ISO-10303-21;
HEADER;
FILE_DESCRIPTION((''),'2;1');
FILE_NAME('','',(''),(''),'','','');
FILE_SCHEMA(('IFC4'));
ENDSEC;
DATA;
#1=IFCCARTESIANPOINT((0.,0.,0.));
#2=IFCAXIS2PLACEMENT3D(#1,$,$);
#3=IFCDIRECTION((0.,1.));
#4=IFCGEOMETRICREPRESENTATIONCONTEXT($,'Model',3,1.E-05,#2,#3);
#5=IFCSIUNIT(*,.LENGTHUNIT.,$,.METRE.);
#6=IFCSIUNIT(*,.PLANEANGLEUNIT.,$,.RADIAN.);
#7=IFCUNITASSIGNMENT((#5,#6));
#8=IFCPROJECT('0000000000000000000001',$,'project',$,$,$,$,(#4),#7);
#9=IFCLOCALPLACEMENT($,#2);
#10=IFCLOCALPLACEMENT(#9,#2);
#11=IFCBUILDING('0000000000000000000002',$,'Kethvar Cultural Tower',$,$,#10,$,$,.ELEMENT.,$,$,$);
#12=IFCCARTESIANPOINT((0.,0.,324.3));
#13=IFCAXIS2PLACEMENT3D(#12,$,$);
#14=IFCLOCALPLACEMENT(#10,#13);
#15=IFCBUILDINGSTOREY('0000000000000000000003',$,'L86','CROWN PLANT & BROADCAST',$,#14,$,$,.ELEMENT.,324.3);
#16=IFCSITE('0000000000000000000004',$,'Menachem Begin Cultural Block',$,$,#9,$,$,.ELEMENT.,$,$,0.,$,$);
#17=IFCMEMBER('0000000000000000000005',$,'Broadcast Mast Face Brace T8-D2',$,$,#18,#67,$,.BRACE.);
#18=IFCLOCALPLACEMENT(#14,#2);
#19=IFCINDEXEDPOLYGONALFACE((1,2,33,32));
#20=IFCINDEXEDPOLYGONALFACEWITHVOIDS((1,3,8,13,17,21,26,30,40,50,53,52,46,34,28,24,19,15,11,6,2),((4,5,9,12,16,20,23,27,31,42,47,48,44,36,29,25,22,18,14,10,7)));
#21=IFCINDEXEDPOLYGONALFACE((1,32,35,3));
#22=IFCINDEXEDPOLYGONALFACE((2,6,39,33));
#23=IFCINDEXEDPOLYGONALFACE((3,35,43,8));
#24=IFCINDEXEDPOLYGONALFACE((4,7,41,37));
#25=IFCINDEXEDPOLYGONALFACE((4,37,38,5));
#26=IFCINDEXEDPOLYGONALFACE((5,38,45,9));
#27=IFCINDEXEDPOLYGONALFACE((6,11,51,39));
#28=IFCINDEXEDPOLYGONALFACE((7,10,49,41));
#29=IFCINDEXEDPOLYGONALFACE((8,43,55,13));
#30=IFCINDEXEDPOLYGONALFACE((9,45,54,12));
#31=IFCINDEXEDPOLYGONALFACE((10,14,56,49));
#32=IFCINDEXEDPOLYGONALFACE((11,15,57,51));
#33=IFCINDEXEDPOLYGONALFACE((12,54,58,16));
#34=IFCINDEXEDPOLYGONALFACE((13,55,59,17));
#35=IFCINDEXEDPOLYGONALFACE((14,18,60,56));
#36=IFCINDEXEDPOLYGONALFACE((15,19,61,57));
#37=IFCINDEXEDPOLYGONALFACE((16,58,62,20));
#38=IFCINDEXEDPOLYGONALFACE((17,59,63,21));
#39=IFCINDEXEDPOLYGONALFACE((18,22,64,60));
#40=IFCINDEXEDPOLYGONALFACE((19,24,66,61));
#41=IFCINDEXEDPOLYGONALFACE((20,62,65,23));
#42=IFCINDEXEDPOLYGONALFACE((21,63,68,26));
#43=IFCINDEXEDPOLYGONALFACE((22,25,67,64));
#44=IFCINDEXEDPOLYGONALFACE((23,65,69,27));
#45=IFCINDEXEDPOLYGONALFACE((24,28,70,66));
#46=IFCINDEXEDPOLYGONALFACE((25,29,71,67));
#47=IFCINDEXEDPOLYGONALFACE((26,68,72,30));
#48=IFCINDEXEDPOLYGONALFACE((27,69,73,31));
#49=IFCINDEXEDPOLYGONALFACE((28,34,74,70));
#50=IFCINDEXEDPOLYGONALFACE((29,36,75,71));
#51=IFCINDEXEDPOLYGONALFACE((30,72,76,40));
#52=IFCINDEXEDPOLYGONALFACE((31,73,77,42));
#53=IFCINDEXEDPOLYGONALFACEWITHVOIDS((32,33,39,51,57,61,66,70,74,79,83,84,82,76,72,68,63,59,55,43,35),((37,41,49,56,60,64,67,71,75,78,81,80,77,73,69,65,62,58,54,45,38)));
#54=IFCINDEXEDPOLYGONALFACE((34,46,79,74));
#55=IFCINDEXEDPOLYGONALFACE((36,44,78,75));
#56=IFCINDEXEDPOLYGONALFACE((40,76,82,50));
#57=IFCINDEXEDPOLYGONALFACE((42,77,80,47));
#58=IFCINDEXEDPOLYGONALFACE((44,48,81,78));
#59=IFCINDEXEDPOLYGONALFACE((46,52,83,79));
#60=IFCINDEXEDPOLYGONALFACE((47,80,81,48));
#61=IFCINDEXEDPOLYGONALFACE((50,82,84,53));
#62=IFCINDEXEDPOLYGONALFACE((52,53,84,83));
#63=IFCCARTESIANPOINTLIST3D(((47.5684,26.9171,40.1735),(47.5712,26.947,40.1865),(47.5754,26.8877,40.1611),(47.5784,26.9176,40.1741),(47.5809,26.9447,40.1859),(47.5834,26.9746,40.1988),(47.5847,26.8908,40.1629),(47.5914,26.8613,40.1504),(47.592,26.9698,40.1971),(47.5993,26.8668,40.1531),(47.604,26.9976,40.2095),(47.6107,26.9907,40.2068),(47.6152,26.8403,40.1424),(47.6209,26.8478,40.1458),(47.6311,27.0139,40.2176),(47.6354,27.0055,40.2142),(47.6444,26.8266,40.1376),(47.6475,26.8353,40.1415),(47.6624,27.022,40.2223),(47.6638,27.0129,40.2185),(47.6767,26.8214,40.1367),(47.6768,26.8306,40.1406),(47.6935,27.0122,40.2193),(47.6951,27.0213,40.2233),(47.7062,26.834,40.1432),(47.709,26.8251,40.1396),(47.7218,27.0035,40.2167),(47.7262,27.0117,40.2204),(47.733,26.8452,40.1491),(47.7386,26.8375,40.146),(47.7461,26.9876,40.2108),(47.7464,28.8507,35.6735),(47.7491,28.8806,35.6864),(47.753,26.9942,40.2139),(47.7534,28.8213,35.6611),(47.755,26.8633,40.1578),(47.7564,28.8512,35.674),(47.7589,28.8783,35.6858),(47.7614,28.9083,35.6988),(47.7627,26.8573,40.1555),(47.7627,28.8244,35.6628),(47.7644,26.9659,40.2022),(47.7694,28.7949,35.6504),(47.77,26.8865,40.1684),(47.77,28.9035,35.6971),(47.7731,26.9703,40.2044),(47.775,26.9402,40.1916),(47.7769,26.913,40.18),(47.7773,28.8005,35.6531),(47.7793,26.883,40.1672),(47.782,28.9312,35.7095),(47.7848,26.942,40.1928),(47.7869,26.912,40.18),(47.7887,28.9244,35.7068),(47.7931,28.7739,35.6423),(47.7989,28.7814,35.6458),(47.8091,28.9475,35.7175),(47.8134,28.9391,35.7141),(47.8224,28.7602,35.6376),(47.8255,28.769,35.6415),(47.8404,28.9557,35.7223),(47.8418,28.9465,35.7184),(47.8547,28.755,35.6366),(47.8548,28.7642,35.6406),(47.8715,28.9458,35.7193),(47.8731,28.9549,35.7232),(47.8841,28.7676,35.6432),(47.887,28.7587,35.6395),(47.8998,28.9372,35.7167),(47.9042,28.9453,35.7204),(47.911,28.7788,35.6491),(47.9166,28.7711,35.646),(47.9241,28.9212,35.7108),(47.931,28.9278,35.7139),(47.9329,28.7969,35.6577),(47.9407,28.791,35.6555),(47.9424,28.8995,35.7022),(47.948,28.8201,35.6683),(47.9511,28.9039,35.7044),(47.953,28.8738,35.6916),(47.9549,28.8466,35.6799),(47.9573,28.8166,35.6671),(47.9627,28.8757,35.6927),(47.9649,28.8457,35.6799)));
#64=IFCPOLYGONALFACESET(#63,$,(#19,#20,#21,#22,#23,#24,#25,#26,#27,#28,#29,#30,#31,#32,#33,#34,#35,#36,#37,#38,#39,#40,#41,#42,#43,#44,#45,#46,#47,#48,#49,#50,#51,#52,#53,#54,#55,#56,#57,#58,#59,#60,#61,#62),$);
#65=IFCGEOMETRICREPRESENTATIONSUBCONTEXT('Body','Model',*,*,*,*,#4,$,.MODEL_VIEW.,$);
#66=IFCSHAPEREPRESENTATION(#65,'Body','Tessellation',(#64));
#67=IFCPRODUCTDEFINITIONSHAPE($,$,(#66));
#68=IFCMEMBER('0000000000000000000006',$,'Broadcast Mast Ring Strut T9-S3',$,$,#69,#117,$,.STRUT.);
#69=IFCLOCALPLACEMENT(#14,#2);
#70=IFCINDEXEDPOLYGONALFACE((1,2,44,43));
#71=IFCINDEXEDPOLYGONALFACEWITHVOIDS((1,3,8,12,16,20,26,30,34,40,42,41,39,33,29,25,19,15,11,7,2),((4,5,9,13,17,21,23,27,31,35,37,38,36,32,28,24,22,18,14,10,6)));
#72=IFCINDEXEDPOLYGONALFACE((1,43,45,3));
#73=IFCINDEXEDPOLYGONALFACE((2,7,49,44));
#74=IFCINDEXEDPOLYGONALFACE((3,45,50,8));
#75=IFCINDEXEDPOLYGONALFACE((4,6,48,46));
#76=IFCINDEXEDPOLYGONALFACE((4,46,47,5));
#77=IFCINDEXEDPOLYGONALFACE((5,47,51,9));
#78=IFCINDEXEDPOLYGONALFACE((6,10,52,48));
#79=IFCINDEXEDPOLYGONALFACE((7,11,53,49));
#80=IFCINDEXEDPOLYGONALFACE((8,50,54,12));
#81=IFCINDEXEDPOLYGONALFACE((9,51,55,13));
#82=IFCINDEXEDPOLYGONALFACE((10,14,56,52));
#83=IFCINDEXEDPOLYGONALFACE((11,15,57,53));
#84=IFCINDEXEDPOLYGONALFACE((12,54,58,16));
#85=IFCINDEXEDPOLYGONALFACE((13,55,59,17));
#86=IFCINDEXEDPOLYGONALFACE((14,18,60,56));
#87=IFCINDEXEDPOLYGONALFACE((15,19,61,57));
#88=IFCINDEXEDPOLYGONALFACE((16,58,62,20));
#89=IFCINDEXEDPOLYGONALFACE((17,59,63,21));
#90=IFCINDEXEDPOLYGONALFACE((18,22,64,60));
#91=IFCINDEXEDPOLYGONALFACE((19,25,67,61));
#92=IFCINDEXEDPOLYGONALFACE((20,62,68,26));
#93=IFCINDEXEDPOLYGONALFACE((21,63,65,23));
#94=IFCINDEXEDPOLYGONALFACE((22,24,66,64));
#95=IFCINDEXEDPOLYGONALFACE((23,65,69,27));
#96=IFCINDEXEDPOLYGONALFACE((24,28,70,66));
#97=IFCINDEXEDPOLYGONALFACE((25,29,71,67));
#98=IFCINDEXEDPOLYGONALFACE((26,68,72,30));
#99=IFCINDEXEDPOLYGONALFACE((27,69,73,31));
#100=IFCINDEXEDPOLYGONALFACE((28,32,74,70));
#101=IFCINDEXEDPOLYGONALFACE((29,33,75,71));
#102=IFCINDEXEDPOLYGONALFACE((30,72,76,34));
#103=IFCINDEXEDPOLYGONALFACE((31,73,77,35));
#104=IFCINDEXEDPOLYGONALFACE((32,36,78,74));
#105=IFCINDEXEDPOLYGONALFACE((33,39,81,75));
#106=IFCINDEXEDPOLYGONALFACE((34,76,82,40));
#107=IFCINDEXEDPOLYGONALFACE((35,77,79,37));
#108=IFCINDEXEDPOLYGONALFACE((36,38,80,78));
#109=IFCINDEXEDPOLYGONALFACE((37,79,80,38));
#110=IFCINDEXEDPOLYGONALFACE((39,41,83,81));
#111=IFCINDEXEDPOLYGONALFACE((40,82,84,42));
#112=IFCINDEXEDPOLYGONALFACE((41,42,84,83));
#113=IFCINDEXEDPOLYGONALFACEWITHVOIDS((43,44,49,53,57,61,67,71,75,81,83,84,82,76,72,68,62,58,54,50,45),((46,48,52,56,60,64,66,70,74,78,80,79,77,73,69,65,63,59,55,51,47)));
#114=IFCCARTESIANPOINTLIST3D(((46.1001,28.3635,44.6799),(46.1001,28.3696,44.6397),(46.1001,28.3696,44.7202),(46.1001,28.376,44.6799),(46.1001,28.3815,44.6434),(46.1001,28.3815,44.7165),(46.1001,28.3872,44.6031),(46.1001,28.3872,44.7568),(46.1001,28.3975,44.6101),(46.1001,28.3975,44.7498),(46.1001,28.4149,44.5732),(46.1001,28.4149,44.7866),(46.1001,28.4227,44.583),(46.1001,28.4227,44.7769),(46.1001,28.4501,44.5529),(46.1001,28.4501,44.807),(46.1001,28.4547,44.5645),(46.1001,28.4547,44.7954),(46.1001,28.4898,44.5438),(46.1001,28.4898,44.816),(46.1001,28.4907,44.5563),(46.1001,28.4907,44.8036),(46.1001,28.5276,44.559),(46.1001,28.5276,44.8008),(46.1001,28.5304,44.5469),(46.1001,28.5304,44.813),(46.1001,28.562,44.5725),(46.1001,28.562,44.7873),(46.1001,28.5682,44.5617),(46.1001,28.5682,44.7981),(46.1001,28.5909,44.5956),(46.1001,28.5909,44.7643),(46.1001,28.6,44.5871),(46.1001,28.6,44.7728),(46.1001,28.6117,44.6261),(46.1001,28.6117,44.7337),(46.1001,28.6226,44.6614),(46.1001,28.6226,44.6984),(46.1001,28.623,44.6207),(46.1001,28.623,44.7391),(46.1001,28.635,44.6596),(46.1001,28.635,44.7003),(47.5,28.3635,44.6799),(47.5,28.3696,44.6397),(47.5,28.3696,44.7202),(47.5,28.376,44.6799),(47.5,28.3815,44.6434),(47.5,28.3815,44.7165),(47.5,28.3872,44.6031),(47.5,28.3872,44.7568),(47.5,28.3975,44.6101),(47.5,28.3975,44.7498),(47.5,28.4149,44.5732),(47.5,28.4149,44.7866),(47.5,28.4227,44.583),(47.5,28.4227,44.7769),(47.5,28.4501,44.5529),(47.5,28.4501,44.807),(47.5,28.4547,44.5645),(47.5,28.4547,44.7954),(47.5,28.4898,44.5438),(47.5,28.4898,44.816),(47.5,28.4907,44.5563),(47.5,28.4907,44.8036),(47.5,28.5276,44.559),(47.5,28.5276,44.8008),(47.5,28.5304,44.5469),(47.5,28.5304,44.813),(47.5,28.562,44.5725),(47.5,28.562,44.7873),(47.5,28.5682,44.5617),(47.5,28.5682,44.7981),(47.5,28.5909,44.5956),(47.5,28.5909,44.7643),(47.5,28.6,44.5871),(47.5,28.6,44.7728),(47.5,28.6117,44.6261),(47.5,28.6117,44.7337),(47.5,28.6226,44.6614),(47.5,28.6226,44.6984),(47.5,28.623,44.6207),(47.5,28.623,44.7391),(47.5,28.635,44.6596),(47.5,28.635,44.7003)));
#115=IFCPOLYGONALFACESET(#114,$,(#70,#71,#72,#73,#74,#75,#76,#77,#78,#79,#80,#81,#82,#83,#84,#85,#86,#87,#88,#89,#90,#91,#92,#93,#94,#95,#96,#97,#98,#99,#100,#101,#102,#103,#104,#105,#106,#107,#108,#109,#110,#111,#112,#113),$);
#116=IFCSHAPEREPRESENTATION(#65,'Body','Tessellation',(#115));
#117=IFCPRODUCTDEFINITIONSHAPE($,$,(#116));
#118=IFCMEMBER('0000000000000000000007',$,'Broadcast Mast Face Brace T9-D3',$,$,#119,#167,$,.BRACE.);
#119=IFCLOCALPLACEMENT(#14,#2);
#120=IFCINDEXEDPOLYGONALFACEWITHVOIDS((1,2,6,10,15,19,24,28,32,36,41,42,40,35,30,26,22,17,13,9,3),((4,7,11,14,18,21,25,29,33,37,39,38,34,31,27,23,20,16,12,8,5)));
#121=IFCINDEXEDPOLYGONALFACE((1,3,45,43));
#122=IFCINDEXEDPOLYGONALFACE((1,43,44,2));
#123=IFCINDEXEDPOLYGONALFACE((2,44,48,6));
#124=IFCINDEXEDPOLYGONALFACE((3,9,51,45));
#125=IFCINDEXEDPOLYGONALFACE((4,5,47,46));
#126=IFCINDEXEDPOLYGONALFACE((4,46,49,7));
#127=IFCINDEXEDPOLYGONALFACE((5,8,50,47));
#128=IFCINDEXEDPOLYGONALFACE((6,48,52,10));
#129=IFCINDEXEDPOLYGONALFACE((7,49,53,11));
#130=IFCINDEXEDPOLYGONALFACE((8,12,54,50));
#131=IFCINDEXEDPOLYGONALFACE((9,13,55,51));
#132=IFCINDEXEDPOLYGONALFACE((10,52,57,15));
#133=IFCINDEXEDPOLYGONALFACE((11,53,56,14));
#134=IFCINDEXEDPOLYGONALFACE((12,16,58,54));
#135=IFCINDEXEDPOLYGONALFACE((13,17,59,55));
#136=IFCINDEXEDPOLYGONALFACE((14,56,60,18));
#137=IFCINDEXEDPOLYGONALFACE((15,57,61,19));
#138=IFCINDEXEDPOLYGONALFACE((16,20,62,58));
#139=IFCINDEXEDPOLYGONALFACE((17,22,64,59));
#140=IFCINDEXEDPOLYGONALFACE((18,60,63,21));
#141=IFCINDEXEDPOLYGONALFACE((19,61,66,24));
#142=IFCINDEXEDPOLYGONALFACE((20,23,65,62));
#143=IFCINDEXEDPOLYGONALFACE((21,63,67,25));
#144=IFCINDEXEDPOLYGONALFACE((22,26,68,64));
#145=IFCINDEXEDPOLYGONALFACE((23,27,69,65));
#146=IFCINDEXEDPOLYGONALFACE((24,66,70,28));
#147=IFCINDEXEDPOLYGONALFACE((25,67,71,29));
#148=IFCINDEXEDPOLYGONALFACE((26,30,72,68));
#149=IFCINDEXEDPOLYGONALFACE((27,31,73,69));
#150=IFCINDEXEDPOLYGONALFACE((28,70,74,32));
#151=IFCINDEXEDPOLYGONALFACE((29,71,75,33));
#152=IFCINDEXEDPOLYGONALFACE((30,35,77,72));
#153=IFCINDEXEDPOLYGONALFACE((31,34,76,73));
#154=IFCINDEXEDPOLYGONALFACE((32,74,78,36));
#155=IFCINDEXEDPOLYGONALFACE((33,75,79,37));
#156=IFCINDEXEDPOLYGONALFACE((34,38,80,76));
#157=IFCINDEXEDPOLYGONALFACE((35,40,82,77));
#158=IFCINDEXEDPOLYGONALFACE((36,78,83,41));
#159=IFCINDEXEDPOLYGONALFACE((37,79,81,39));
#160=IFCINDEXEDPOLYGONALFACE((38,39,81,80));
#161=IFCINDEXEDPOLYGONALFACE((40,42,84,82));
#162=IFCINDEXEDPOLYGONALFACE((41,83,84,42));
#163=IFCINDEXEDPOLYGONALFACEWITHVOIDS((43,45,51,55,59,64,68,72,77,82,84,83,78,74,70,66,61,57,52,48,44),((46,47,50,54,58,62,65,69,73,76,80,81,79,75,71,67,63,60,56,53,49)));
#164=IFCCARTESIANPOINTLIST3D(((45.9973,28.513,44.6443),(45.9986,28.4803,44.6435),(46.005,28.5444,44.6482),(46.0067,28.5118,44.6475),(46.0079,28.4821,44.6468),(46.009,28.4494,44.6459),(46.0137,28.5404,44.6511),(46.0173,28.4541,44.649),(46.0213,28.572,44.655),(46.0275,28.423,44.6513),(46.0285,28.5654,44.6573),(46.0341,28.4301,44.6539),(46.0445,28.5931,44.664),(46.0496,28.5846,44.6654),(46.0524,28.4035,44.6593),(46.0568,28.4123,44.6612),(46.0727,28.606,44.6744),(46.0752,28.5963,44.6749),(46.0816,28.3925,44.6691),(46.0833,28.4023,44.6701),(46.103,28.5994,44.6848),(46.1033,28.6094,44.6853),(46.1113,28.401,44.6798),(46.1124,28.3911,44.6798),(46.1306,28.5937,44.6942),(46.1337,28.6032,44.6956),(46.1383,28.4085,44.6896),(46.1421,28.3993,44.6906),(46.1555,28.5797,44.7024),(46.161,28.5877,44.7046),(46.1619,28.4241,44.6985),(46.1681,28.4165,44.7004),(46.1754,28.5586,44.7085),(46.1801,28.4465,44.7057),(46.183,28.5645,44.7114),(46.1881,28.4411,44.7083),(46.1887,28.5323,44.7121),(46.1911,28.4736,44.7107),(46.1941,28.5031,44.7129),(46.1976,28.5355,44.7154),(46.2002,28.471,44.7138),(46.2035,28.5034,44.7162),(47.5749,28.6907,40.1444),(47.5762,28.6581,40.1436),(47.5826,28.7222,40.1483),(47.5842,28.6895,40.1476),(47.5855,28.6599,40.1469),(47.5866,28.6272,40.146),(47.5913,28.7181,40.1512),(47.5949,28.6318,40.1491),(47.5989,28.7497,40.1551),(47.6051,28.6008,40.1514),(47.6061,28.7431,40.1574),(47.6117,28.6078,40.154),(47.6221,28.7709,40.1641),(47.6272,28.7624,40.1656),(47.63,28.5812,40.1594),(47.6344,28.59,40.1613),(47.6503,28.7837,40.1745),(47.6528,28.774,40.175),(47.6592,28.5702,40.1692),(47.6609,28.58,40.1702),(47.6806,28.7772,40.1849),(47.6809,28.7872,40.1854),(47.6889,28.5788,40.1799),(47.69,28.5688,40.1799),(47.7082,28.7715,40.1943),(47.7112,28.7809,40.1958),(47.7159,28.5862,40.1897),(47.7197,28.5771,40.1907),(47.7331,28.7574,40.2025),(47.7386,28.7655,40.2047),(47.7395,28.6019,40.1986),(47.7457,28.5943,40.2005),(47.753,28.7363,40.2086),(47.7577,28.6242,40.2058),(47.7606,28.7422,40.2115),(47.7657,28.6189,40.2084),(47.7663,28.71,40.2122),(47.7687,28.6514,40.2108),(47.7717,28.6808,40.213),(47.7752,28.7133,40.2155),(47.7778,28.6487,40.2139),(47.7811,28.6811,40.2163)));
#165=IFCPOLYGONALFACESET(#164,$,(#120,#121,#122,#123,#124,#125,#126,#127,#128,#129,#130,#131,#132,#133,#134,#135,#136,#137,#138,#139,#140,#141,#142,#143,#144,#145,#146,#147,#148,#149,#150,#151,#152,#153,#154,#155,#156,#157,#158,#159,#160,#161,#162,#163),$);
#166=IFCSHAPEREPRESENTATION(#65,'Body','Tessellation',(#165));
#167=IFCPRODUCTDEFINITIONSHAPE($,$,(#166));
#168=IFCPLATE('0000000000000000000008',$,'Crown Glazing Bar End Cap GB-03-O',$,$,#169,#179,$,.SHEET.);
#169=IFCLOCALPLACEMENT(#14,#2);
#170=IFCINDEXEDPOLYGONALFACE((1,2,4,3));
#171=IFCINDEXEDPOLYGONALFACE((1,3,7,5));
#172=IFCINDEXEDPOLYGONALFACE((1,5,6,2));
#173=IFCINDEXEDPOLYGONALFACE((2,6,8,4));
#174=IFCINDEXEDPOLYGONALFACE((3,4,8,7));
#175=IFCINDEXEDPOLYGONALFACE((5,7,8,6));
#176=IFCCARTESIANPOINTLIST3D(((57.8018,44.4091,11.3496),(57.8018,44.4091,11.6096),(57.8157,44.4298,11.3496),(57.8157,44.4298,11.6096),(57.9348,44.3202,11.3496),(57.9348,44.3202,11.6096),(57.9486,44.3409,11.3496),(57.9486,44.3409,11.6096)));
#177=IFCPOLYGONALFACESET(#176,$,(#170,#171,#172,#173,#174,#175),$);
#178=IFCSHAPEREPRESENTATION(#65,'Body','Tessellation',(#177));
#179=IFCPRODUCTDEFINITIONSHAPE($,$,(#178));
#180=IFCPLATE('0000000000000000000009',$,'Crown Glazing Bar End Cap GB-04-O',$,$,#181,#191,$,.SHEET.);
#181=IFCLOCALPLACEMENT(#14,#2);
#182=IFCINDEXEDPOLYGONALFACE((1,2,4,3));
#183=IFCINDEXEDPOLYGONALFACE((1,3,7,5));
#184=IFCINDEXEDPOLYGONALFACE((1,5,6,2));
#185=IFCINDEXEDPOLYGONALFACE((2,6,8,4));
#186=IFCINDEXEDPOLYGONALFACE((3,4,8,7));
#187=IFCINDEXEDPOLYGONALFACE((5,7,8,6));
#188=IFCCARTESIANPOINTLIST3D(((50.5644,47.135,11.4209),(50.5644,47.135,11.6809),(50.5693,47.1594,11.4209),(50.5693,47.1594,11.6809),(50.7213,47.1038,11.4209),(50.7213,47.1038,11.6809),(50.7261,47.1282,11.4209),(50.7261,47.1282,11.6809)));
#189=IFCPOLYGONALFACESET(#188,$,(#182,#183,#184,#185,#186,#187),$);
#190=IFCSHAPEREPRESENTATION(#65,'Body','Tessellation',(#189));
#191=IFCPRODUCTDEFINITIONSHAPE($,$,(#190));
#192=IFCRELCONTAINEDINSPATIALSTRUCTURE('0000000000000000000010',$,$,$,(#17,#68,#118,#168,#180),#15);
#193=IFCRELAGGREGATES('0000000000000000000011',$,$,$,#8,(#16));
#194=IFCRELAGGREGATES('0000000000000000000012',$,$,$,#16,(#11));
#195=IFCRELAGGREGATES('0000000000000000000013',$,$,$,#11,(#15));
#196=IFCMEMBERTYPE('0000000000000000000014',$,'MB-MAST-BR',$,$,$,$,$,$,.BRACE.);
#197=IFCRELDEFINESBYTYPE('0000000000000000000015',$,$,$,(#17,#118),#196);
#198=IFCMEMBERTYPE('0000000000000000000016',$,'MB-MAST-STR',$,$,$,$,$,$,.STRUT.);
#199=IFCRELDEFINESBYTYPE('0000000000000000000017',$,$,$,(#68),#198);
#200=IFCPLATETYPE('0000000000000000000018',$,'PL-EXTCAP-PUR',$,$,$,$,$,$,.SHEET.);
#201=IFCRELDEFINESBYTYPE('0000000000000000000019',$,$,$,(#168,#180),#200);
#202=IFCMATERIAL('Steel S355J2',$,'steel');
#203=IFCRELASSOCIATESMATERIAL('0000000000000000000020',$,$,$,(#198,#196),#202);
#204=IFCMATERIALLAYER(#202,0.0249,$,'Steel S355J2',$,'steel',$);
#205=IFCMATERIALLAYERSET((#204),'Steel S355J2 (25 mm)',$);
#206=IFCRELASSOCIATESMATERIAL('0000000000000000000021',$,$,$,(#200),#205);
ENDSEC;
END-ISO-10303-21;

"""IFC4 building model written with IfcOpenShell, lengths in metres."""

from ifc_helpers import new_model, si_unit, direction, frame, origin, origin_2d, place, context, subcontext, project, spatial, rectangle, hollow_circle, extrude, source, transform, mapped, material, layer, layer_set, material_profile, profile_set, type_object, element, save


model = new_model("IFC4")

# Units and contexts
model_context = context("Model", 3, precision=1e-05, world=origin(), true_north=direction((0.0, 1.0)))
body_context = subcontext(model_context, "Body", "Model", "MODEL_VIEW")
ifc_project = project(units=[si_unit("LENGTHUNIT", "METRE"), si_unit("PLANEANGLEUNIT", "RADIAN")], contexts=[model_context])

# Site, building, storey
site_placement = place(None, origin())
site = spatial("IfcSite", under=ifc_project, at=site_placement, Name="Menachem Begin Cultural Block", CompositionType="ELEMENT", RefElevation=0.0)
building_placement = place(site_placement, origin())
building = spatial("IfcBuilding", under=site, at=building_placement, Name="Kethvar Cultural Tower", CompositionType="ELEMENT")
storey_placement = place(building_placement, frame((0.0, 0.0, 324.3)))
storey = spatial("IfcBuildingStorey", under=building, at=storey_placement, Name="L86", Description="CROWN PLANT & BROADCAST", CompositionType="ELEMENT", Elevation=324.3)

# Shared definitions
ifc_material_1 = material(Name="Steel S355J2", Category="steel")

# Members
ifc_material_profile_1 = material_profile(ifc_material_1, hollow_circle(Radius=0.1365, WallThickness=0.0125, at=origin_2d()), Name="Steel S355J2 — CHS273x12.5")
ifc_profile_set_1 = profile_set([ifc_material_profile_1], Name="Steel S355J2 — CHS273x12.5")
member_type_1 = type_object("IfcMemberType", Name="MB-MAST-STR", PredefinedType="STRUT", material=ifc_profile_set_1)
ifc_material_profile_2 = material_profile(ifc_material_1, hollow_circle(Radius=0.1096, WallThickness=0.01, at=origin_2d()), Name="Steel S355J2 — CHS219x10")
ifc_profile_set_2 = profile_set([ifc_material_profile_2], Name="Steel S355J2 — CHS219x10")
member_type_2 = type_object("IfcMemberType", Name="MB-MAST-BR", PredefinedType="BRACE", material=ifc_profile_set_2)
shared_shape_1 = source(origin(), body_context, "Body", "SweptSolid", [
    extrude(hollow_circle(Radius=0.1096, WallThickness=0.01, at=origin_2d()), origin(), (0.0, 0.0, 1.0), 4.9011),
])
member_1_placement = place(storey_placement, frame((47.8557, 28.8557, 35.6799), z_axis=(-0.036314, -0.394525, 0.918167), x_axis=(0.995791, -0.091658, 0.0)))
element("IfcMember", 1, at=member_1_placement, inside=storey, type_object=member_type_2, Name="Broadcast Mast Face Brace T8-D2", PredefinedType="BRACE", context=body_context, shape_type="MappedRepresentation", body=[
    mapped(shared_shape_1, transform((0.0, 0.0, 0.0), scale=1.0)),
])
shared_shape_2 = source(origin(), body_context, "Body", "SweptSolid", [
    extrude(hollow_circle(Radius=0.1365, WallThickness=0.0125, at=origin_2d()), origin(), (0.0, 0.0, 1.0), 1.3999),
])
member_2_placement = place(storey_placement, frame((47.5, 28.5, 44.6799), z_axis=(-1.0, 0.0, 0.0), x_axis=(0.0, -1.0, 0.0)))
element("IfcMember", 2, at=member_2_placement, inside=storey, type_object=member_type_1, Name="Broadcast Mast Ring Strut T9-S3", PredefinedType="STRUT", context=body_context, shape_type="MappedRepresentation", body=[
    mapped(shared_shape_2, transform((0.0, 0.0, 0.0), scale=1.0)),
])
shared_shape_3 = source(origin(), body_context, "Body", "SweptSolid", [
    extrude(hollow_circle(Radius=0.1096, WallThickness=0.01, at=origin_2d()), origin(), (0.0, 0.0, 1.0), 4.7717),
])
member_3_placement = place(storey_placement, frame((47.6777, 28.6777, 40.1799), z_axis=(-0.330613, -0.037246, 0.943031), x_axis=(0.11195, -0.993714, 0.0)))
element("IfcMember", 3, at=member_3_placement, inside=storey, type_object=member_type_2, Name="Broadcast Mast Face Brace T9-D3", PredefinedType="BRACE", context=body_context, shape_type="MappedRepresentation", body=[
    mapped(shared_shape_3, transform((0.0, 0.0, 0.0), scale=1.0)),
])

# Plates
ifc_layer_1 = layer(ifc_material_1, 0.0249, Name="Steel S355J2", Category="steel")
ifc_layer_set_1 = layer_set([ifc_layer_1], Name="Steel S355J2 (25 mm)")
plate_type_1 = type_object("IfcPlateType", Name="PL-EXTCAP-PUR", PredefinedType="SHEET", material=ifc_layer_set_1)
shared_shape_4 = source(origin(), body_context, "Body", "SweptSolid", [
    extrude(rectangle(XDim=0.0249, YDim=0.1599, at=origin_2d()), origin(), (0.0, 0.0, 1.0), 0.26),
])
for number, where, z_axis, x_axis, name in (
    (4, (57.8752, 44.375, 11.3496), (0.0, 0.0, 1.0), (0.55557, 0.83147, 0.0), "Crown Glazing Bar End Cap GB-03-O"),
    (5, (50.6453, 47.1316, 11.4209), (0.0, 0.0, 1.0), (0.19509, 0.980785, 0.0), "Crown Glazing Bar End Cap GB-04-O"),
):
    element("IfcPlate", number, at=place(storey_placement, frame(where, z_axis=z_axis, x_axis=x_axis)), inside=storey, type_object=plate_type_1, Name=name, PredefinedType="SHEET", context=body_context, shape_type="MappedRepresentation", body=[
        mapped(shared_shape_4, transform((0.0, 0.0, 0.0), scale=1.0)),
    ])

save(model, "model.ifc")
